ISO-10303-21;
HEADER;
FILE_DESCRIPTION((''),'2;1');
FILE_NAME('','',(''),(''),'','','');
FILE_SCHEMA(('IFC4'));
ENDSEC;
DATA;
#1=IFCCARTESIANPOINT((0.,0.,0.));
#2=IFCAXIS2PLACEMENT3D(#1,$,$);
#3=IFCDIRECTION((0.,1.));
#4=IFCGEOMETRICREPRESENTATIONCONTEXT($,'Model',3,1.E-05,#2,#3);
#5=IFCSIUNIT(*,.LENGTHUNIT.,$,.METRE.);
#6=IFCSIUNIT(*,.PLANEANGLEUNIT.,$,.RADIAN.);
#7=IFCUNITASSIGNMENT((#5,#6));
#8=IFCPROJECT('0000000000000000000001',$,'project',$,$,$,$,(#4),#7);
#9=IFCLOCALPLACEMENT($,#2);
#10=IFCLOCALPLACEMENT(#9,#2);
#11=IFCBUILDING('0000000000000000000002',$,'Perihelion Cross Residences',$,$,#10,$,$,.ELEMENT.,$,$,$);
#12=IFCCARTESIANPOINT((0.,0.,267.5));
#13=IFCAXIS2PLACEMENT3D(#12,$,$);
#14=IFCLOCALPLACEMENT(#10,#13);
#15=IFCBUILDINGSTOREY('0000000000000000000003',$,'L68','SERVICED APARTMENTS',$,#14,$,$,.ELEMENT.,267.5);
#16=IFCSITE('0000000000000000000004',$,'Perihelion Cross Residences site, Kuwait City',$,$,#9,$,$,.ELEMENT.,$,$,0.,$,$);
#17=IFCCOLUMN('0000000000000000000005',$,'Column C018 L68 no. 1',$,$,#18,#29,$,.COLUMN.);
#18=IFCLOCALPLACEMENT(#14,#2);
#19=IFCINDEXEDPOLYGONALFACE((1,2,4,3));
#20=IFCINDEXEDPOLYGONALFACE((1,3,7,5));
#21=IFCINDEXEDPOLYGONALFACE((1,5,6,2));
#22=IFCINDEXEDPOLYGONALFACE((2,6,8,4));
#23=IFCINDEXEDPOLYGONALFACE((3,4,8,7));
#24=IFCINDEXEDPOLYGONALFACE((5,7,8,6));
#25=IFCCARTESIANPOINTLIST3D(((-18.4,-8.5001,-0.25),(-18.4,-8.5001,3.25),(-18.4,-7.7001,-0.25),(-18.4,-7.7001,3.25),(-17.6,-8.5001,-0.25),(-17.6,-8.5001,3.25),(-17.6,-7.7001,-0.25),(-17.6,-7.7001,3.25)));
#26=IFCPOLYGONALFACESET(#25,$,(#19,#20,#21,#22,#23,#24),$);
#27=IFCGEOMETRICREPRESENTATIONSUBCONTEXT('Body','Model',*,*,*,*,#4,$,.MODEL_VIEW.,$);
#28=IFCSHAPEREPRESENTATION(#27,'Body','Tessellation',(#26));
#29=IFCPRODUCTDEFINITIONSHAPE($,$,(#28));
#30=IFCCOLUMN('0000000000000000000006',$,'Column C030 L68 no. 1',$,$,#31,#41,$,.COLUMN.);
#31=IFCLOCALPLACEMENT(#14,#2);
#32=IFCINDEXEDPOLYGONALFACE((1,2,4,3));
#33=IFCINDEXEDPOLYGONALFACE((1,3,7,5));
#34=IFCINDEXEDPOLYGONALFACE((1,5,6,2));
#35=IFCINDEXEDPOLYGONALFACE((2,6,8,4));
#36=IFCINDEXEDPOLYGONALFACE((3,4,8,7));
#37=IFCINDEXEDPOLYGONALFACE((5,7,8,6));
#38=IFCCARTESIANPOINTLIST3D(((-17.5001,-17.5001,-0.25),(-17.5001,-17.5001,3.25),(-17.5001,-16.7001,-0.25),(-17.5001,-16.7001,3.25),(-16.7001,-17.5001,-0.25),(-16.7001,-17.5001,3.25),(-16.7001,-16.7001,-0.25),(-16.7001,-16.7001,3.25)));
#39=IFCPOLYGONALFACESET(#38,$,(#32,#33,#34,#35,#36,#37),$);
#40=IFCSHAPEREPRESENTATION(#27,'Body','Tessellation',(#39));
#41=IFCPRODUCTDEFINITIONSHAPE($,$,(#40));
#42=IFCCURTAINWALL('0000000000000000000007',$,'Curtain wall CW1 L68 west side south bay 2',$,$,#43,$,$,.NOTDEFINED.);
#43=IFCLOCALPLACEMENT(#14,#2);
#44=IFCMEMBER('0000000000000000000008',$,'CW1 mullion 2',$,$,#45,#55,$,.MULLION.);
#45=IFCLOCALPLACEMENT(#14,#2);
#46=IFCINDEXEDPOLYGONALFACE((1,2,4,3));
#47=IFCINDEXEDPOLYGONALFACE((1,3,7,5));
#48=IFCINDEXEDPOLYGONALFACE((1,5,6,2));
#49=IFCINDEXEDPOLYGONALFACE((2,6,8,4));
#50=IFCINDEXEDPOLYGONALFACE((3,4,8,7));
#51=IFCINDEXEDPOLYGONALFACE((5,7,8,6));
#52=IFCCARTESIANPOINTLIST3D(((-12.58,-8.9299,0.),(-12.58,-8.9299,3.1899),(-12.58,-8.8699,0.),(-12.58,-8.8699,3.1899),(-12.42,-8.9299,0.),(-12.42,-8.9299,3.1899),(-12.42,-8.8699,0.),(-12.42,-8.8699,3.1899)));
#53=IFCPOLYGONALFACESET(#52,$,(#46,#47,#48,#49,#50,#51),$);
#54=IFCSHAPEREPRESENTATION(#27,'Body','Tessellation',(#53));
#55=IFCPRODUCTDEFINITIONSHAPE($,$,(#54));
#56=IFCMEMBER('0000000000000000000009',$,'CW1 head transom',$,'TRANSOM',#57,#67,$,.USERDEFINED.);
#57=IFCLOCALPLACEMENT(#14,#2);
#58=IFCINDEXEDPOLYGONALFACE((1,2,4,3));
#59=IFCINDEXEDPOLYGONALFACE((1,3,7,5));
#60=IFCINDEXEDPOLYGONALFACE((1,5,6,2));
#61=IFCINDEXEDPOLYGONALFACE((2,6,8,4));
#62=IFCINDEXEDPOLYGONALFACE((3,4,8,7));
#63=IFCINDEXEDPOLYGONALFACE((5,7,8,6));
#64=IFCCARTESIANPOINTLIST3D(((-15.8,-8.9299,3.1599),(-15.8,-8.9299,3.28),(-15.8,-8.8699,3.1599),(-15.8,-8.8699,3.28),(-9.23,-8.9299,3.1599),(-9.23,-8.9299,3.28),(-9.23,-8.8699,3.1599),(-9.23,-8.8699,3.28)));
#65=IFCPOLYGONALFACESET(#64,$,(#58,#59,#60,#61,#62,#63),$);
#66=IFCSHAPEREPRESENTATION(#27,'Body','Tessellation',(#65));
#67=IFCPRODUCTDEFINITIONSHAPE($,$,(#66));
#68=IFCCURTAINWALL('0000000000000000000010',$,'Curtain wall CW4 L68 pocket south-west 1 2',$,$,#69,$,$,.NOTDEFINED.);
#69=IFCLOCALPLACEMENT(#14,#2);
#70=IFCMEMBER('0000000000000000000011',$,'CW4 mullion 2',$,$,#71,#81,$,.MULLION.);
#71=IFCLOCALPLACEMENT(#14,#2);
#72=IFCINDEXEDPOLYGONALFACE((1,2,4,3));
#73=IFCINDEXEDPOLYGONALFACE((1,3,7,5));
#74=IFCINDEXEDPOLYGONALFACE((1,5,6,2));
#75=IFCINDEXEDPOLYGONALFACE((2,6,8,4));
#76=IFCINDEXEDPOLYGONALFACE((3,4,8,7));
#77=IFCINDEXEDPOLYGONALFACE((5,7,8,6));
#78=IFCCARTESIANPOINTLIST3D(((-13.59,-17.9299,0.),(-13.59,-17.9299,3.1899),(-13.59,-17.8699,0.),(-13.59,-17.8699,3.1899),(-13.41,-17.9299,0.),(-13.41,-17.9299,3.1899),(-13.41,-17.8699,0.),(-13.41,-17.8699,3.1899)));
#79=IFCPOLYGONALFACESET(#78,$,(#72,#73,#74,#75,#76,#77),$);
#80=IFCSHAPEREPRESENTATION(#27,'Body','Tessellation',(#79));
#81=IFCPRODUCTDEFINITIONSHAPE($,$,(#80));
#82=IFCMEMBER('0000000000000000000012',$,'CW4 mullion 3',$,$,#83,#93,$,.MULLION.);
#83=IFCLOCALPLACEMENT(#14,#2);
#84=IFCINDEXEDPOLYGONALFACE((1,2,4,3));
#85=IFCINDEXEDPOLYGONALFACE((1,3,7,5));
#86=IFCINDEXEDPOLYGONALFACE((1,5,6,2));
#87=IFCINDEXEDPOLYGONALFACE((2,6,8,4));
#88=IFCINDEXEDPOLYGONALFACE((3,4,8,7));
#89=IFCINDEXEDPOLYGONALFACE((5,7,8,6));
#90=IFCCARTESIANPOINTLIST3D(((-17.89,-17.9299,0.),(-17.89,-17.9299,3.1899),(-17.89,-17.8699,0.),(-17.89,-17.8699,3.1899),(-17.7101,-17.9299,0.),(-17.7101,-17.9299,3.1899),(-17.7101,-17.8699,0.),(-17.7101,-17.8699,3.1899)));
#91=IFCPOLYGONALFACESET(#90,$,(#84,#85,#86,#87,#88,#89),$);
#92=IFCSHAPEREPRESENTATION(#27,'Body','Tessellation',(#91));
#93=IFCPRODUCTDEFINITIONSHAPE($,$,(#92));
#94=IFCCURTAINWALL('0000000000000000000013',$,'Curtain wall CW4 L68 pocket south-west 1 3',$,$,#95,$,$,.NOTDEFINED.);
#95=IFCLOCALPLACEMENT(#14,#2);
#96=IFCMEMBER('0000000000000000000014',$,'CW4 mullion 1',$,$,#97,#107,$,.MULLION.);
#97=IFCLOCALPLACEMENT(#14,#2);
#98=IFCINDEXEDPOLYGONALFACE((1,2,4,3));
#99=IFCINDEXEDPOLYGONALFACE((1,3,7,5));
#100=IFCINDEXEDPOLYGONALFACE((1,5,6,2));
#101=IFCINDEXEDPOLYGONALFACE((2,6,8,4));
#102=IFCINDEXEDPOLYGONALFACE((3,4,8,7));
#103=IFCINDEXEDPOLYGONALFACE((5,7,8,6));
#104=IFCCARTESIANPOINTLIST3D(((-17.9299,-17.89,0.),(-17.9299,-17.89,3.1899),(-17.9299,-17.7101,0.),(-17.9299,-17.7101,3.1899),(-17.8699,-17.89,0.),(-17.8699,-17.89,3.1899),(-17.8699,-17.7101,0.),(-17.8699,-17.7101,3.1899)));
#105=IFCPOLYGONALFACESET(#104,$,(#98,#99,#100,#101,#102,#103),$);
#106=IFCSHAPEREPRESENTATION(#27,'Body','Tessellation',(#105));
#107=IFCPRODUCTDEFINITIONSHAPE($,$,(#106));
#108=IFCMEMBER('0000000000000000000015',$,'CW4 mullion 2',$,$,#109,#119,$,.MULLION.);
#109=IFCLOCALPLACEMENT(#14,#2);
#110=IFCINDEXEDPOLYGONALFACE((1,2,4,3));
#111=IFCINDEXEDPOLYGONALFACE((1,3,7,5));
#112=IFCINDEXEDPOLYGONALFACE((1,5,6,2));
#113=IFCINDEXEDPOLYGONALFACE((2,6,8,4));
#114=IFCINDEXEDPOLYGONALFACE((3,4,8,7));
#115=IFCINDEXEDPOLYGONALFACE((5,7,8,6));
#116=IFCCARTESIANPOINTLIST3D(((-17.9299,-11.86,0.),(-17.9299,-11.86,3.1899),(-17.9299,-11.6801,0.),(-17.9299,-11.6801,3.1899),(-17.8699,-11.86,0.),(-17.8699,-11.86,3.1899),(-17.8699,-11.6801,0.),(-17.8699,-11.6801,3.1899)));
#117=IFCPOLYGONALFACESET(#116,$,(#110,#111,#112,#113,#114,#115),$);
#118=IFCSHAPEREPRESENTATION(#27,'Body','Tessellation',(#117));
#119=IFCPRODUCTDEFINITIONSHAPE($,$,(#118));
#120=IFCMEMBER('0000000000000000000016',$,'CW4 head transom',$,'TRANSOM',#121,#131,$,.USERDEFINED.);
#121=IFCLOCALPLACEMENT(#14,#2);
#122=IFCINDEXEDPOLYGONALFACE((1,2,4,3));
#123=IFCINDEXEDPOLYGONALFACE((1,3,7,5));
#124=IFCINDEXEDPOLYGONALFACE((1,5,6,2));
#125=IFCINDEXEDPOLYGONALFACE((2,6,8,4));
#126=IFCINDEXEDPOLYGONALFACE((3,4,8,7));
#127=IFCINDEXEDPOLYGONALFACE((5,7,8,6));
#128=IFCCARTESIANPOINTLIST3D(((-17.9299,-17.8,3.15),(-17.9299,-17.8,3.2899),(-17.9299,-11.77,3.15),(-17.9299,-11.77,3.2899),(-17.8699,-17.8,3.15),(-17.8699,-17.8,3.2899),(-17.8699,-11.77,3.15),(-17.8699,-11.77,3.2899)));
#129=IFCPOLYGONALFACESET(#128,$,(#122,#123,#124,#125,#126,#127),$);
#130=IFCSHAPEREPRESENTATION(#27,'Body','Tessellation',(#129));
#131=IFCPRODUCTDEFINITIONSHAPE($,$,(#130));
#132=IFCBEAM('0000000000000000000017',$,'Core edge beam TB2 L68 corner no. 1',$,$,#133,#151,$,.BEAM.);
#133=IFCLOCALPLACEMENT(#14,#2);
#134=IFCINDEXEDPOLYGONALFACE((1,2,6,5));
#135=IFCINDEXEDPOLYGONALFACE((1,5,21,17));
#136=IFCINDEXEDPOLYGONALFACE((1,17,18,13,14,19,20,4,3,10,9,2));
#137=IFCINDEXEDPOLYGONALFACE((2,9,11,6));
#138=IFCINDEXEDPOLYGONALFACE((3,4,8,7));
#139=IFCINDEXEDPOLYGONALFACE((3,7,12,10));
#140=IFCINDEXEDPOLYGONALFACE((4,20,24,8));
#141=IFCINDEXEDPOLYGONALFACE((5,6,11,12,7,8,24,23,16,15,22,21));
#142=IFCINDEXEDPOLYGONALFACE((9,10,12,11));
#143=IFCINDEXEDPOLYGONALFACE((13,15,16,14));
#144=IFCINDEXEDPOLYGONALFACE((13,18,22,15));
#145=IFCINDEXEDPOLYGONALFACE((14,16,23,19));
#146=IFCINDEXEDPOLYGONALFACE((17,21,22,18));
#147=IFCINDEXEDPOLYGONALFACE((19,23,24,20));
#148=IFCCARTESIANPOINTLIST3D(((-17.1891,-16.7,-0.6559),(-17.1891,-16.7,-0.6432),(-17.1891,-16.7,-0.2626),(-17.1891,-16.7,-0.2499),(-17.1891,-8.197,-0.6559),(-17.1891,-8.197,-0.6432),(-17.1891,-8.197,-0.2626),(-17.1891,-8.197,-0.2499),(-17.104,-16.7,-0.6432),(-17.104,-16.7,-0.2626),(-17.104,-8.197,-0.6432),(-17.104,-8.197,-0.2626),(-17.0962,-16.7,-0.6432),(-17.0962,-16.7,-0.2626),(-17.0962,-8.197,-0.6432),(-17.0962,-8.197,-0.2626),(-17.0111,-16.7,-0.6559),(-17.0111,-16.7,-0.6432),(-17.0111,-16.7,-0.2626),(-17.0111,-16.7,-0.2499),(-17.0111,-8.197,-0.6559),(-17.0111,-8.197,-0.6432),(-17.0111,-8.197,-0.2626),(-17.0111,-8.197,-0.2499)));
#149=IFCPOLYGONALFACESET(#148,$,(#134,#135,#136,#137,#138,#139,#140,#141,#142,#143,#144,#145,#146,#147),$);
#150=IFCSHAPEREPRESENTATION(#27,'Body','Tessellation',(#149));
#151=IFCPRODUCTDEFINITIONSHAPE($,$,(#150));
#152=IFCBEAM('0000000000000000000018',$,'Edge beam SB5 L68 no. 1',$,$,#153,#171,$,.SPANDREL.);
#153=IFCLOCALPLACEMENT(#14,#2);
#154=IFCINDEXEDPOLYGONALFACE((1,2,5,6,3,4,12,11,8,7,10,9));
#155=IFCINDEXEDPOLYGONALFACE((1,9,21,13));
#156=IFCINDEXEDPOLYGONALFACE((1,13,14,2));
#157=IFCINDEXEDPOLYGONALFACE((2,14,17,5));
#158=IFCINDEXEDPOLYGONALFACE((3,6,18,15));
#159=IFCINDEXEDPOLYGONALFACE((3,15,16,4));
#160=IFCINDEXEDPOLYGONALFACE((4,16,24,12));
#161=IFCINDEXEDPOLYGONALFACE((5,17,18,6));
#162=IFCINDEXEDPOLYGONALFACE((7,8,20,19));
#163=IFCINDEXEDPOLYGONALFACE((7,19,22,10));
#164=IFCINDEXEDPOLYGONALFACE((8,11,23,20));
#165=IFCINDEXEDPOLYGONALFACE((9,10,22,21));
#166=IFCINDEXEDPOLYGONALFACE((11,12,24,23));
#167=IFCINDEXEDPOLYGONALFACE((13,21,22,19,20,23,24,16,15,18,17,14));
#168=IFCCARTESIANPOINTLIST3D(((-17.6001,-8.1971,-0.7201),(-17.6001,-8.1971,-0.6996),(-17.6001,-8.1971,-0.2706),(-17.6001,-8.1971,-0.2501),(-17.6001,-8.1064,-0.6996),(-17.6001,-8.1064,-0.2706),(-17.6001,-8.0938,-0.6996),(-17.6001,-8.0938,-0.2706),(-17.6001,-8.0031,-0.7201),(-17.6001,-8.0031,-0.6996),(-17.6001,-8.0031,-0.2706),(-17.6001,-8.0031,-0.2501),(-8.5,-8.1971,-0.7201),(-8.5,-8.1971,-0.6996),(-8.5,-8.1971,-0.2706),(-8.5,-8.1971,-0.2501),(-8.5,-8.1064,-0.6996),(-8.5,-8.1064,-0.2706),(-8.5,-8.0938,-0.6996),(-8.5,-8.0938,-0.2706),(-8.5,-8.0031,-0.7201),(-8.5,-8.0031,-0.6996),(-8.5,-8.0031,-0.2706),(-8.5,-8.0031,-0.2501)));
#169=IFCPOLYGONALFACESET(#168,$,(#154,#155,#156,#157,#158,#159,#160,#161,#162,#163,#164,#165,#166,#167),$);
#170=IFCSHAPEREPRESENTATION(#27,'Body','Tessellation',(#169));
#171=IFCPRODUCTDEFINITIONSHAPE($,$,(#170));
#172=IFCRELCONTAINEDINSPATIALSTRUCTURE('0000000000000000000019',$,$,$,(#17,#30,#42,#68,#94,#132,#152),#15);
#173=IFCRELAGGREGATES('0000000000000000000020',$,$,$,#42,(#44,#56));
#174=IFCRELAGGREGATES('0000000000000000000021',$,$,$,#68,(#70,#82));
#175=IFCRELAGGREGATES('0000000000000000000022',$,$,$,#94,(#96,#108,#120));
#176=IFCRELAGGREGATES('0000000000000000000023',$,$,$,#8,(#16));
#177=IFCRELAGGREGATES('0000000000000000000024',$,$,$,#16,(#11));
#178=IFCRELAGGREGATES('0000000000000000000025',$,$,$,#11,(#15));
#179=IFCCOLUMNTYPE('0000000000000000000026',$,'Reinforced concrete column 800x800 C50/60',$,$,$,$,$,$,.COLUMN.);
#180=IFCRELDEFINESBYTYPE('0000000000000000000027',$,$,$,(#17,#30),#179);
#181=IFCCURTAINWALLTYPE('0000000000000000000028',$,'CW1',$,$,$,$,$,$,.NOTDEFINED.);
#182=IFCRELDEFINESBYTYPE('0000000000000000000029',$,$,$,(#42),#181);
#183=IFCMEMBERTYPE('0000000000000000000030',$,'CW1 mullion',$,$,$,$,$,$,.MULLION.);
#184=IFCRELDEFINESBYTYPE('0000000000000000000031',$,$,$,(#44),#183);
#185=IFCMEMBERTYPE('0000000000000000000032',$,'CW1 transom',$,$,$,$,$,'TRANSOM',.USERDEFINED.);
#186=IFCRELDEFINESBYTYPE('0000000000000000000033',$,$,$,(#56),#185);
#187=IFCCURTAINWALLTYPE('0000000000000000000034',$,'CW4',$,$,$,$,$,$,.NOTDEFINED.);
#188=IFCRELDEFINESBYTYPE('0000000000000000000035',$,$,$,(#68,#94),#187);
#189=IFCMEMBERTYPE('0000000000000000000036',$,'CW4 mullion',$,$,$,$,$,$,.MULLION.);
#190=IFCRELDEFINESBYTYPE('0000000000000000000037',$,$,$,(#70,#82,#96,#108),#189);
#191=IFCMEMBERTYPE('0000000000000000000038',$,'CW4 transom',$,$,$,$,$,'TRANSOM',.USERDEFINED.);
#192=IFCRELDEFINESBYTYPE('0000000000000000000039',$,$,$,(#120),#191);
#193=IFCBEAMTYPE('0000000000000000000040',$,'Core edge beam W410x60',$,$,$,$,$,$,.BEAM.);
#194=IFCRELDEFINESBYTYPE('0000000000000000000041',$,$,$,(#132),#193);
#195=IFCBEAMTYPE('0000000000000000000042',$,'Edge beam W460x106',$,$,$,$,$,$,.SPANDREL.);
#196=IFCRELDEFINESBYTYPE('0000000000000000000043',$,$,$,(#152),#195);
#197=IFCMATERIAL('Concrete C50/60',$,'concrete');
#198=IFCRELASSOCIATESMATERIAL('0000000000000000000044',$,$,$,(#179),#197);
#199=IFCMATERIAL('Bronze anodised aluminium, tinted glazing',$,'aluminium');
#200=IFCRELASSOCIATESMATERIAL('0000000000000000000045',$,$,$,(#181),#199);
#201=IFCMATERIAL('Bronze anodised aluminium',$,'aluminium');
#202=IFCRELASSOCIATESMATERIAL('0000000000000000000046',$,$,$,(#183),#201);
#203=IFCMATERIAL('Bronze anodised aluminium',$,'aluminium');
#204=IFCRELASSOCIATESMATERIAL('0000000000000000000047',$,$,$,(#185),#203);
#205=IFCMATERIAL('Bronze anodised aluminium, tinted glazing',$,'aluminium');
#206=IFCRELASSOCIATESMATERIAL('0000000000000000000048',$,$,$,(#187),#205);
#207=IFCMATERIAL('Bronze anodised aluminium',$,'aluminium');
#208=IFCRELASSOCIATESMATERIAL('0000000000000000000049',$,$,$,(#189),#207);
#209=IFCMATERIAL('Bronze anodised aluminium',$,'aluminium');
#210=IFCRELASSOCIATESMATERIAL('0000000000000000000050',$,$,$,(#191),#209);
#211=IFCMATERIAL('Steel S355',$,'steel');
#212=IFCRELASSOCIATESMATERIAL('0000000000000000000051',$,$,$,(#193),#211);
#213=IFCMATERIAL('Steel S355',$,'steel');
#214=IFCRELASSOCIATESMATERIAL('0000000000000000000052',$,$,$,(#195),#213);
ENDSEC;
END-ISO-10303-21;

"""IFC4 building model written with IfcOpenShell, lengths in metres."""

from ifc_helpers import new_model, si_unit, direction, frame, origin, origin_2d, place, context, subcontext, project, spatial, rectangle, i_section, extrude, material, material_profile, profile_set, type_object, element, aggregate, save


model = new_model("IFC4")

# Units and contexts
model_context = context("Model", 3, precision=1e-05, world=origin(), true_north=direction((0.0, 1.0)))
body_context = subcontext(model_context, "Body", "Model", "MODEL_VIEW")
ifc_project = project(units=[si_unit("LENGTHUNIT", "METRE"), si_unit("PLANEANGLEUNIT", "RADIAN")], contexts=[model_context])

# Site, building, storey
site_placement = place(None, origin())
site = spatial("IfcSite", under=ifc_project, at=site_placement, Name="Perihelion Cross Residences site, Kuwait City", CompositionType="ELEMENT", RefElevation=0.0)
building_placement = place(site_placement, origin())
building = spatial("IfcBuilding", under=site, at=building_placement, Name="Perihelion Cross Residences", CompositionType="ELEMENT")
storey_placement = place(building_placement, frame((0.0, 0.0, 267.5)))
storey = spatial("IfcBuildingStorey", under=building, at=storey_placement, Name="L68", Description="SERVICED APARTMENTS", CompositionType="ELEMENT", Elevation=267.5)

# Columns
ifc_material_1 = material(Name="Concrete C50/60", Category="concrete")
ifc_material_profile_1 = material_profile(ifc_material_1, rectangle(XDim=0.8, YDim=0.8, at=origin_2d()), Name="RC 800x800")
ifc_profile_set_1 = profile_set([ifc_material_profile_1], Name="Concrete C50/60")
column_type = type_object("IfcColumnType", Name="Reinforced concrete column 800x800 C50/60", PredefinedType="COLUMN", material=ifc_profile_set_1)
for number, where, z_axis, x_axis, name in (
    (1, (-18.0, -8.1001, -0.25), (0.0, 0.0, 1.0), (1.0, 0.0, 0.0), "Column C018 L68 no. 1"),
    (2, (-17.1001, -17.1001, -0.25), (0.0, 0.0, 1.0), (1.0, 0.0, 0.0), "Column C030 L68 no. 1"),
):
    element("IfcColumn", number, at=place(storey_placement, frame(where, z_axis=z_axis, x_axis=x_axis)), inside=storey, type_object=column_type, Name=name, PredefinedType="COLUMN", context=body_context, shape_type="SweptSolid", body=[
        extrude(rectangle(XDim=0.8, YDim=0.8, at=origin_2d()), origin(), (0.0, 0.0, 1.0), 3.5),
    ])

# Curtain walls, members
ifc_material_2 = material(Name="Bronze anodised aluminium, tinted glazing", Category="aluminium")
curtain_wall_type_1 = type_object("IfcCurtainWallType", Name="CW1", PredefinedType="NOTDEFINED", material=ifc_material_2)
curtain_wall_1_placement = place(storey_placement, origin())
curtain_wall_1 = element("IfcCurtainWall", 3, at=curtain_wall_1_placement, inside=storey, type_object=curtain_wall_type_1, Name="Curtain wall CW1 L68 west side south bay 2", PredefinedType="NOTDEFINED")
ifc_material_3 = material(Name="Bronze anodised aluminium", Category="aluminium")
ifc_material_profile_2 = material_profile(ifc_material_3, rectangle(XDim=0.0601, YDim=0.1599, at=origin_2d()), Name="CW1 mullion")
ifc_profile_set_2 = profile_set([ifc_material_profile_2], Name="Bronze anodised aluminium")
member_type_1 = type_object("IfcMemberType", Name="CW1 mullion", PredefinedType="MULLION", material=ifc_profile_set_2)
member_1_placement = place(storey_placement, frame((-12.5, -8.8999, 0.0), z_axis=(0.0, 0.0, 1.0), x_axis=(0.0, 1.0, 0.0)))
member_1 = element("IfcMember", 4, at=member_1_placement, type_object=member_type_1, Name="CW1 mullion 2", PredefinedType="MULLION", context=body_context, shape_type="SweptSolid", body=[
    extrude(rectangle(XDim=0.0601, YDim=0.1599, at=origin_2d()), origin(), (0.0, 0.0, 1.0), 3.1899),
])
ifc_material_4 = material(Name="Bronze anodised aluminium", Category="aluminium")
ifc_material_profile_3 = material_profile(ifc_material_4, rectangle(XDim=0.0601, YDim=0.1201, at=origin_2d()), Name="CW1 transom")
ifc_profile_set_3 = profile_set([ifc_material_profile_3], Name="Bronze anodised aluminium")
member_type_2 = type_object("IfcMemberType", Name="CW1 transom", ElementType="TRANSOM", PredefinedType="USERDEFINED", material=ifc_profile_set_3)
member_2_placement = place(storey_placement, frame((-15.8, -8.8999, 3.22), z_axis=(1.0, 0.0, 0.0), x_axis=(0.0, 1.0, 0.0)))
member_2 = element("IfcMember", 5, at=member_2_placement, type_object=member_type_2, Name="CW1 head transom", ObjectType="TRANSOM", PredefinedType="USERDEFINED", context=body_context, shape_type="SweptSolid", body=[
    extrude(rectangle(XDim=0.0601, YDim=0.1201, at=origin_2d()), origin(), (0.0, 0.0, 1.0), 6.5701),
])
ifc_material_5 = material(Name="Bronze anodised aluminium, tinted glazing", Category="aluminium")
curtain_wall_type_2 = type_object("IfcCurtainWallType", Name="CW4", PredefinedType="NOTDEFINED", material=ifc_material_5)
curtain_wall_2_placement = place(storey_placement, origin())
curtain_wall_2 = element("IfcCurtainWall", 6, at=curtain_wall_2_placement, inside=storey, type_object=curtain_wall_type_2, Name="Curtain wall CW4 L68 pocket south-west 1 2", PredefinedType="NOTDEFINED")
ifc_material_6 = material(Name="Bronze anodised aluminium", Category="aluminium")
ifc_material_profile_4 = material_profile(ifc_material_6, rectangle(XDim=0.0601, YDim=0.1799, at=origin_2d()), Name="CW4 mullion")
ifc_profile_set_4 = profile_set([ifc_material_profile_4], Name="Bronze anodised aluminium")
member_type_3 = type_object("IfcMemberType", Name="CW4 mullion", PredefinedType="MULLION", material=ifc_profile_set_4)
member_3_placement = place(storey_placement, frame((-13.5, -17.8999, 0.0), z_axis=(0.0, 0.0, 1.0), x_axis=(0.0, -1.0, 0.0)))
member_3 = element("IfcMember", 7, at=member_3_placement, type_object=member_type_3, Name="CW4 mullion 2", PredefinedType="MULLION", context=body_context, shape_type="SweptSolid", body=[
    extrude(rectangle(XDim=0.0601, YDim=0.1799, at=origin_2d()), origin(), (0.0, 0.0, 1.0), 3.1899),
])
member_4_placement = place(storey_placement, frame((-17.8, -17.8999, 0.0), z_axis=(0.0, 0.0, 1.0), x_axis=(0.0, -1.0, 0.0)))
member_4 = element("IfcMember", 8, at=member_4_placement, type_object=member_type_3, Name="CW4 mullion 3", PredefinedType="MULLION", context=body_context, shape_type="SweptSolid", body=[
    extrude(rectangle(XDim=0.0601, YDim=0.1799, at=origin_2d()), origin(), (0.0, 0.0, 1.0), 3.1899),
])
curtain_wall_3_placement = place(storey_placement, origin())
curtain_wall_3 = element("IfcCurtainWall", 9, at=curtain_wall_3_placement, inside=storey, type_object=curtain_wall_type_2, Name="Curtain wall CW4 L68 pocket south-west 1 3", PredefinedType="NOTDEFINED")
member_5_placement = place(storey_placement, frame((-17.8999, -17.8, 0.0), z_axis=(0.0, 0.0, 1.0), x_axis=(-1.0, 0.0, 0.0)))
member_5 = element("IfcMember", 10, at=member_5_placement, type_object=member_type_3, Name="CW4 mullion 1", PredefinedType="MULLION", context=body_context, shape_type="SweptSolid", body=[
    extrude(rectangle(XDim=0.0601, YDim=0.1799, at=origin_2d()), origin(), (0.0, 0.0, 1.0), 3.1899),
])
member_6_placement = place(storey_placement, frame((-17.8999, -11.77, 0.0), z_axis=(0.0, 0.0, 1.0), x_axis=(-1.0, 0.0, 0.0)))
member_6 = element("IfcMember", 11, at=member_6_placement, type_object=member_type_3, Name="CW4 mullion 2", PredefinedType="MULLION", context=body_context, shape_type="SweptSolid", body=[
    extrude(rectangle(XDim=0.0601, YDim=0.1799, at=origin_2d()), origin(), (0.0, 0.0, 1.0), 3.1899),
])
ifc_material_7 = material(Name="Bronze anodised aluminium", Category="aluminium")
ifc_material_profile_5 = material_profile(ifc_material_7, rectangle(XDim=0.0601, YDim=0.1399, at=origin_2d()), Name="CW4 transom")
ifc_profile_set_5 = profile_set([ifc_material_profile_5], Name="Bronze anodised aluminium")
member_type_4 = type_object("IfcMemberType", Name="CW4 transom", ElementType="TRANSOM", PredefinedType="USERDEFINED", material=ifc_profile_set_5)
member_7_placement = place(storey_placement, frame((-17.8999, -17.8, 3.22), z_axis=(0.0, 1.0, 0.0), x_axis=(-1.0, 0.0, 0.0)))
member_7 = element("IfcMember", 12, at=member_7_placement, type_object=member_type_4, Name="CW4 head transom", ObjectType="TRANSOM", PredefinedType="USERDEFINED", context=body_context, shape_type="SweptSolid", body=[
    extrude(rectangle(XDim=0.0601, YDim=0.1399, at=origin_2d()), origin(), (0.0, 0.0, 1.0), 6.03),
])

# Beams
ifc_material_8 = material(Name="Steel S355", Category="steel")
ifc_material_profile_6 = material_profile(ifc_material_8, i_section(OverallWidth=0.178, OverallDepth=0.406, WebThickness=0.0078, FlangeThickness=0.0127, at=origin_2d()), Name="W410x60")
ifc_profile_set_6 = profile_set([ifc_material_profile_6], Name="Steel S355")
beam_type_1 = type_object("IfcBeamType", Name="Core edge beam W410x60", PredefinedType="BEAM", material=ifc_profile_set_6)
beam_1_placement = place(storey_placement, frame((-17.1001, -8.197, -0.4529), z_axis=(0.0, -1.0, 0.0), x_axis=(1.0, 0.0, 0.0)))
element("IfcBeam", 13, at=beam_1_placement, inside=storey, type_object=beam_type_1, Name="Core edge beam TB2 L68 corner no. 1", PredefinedType="BEAM", context=body_context, shape_type="SweptSolid", body=[
    extrude(i_section(OverallWidth=0.178, OverallDepth=0.406, WebThickness=0.0078, FlangeThickness=0.0127, at=origin_2d()), origin(), (0.0, 0.0, 1.0), 8.5029),
])
ifc_material_9 = material(Name="Steel S355", Category="steel")
ifc_material_profile_7 = material_profile(ifc_material_9, i_section(OverallWidth=0.1941, OverallDepth=0.47, WebThickness=0.0127, FlangeThickness=0.0205, at=origin_2d()), Name="W460x106")
ifc_profile_set_7 = profile_set([ifc_material_profile_7], Name="Steel S355")
beam_type_2 = type_object("IfcBeamType", Name="Edge beam W460x106", PredefinedType="SPANDREL", material=ifc_profile_set_7)
beam_2_placement = place(storey_placement, frame((-17.6001, -8.1001, -0.4851), z_axis=(1.0, 0.0, 0.0), x_axis=(0.0, 1.0, 0.0)))
element("IfcBeam", 14, at=beam_2_placement, inside=storey, type_object=beam_type_2, Name="Edge beam SB5 L68 no. 1", PredefinedType="SPANDREL", context=body_context, shape_type="SweptSolid", body=[
    extrude(i_section(OverallWidth=0.1941, OverallDepth=0.47, WebThickness=0.0127, FlangeThickness=0.0205, at=origin_2d()), origin(), (0.0, 0.0, 1.0), 9.1001),
])

aggregate(curtain_wall_1, [member_1, member_2])
aggregate(curtain_wall_2, [member_3, member_4])
aggregate(curtain_wall_3, [member_5, member_6, member_7])

save(model, "model.ifc")
